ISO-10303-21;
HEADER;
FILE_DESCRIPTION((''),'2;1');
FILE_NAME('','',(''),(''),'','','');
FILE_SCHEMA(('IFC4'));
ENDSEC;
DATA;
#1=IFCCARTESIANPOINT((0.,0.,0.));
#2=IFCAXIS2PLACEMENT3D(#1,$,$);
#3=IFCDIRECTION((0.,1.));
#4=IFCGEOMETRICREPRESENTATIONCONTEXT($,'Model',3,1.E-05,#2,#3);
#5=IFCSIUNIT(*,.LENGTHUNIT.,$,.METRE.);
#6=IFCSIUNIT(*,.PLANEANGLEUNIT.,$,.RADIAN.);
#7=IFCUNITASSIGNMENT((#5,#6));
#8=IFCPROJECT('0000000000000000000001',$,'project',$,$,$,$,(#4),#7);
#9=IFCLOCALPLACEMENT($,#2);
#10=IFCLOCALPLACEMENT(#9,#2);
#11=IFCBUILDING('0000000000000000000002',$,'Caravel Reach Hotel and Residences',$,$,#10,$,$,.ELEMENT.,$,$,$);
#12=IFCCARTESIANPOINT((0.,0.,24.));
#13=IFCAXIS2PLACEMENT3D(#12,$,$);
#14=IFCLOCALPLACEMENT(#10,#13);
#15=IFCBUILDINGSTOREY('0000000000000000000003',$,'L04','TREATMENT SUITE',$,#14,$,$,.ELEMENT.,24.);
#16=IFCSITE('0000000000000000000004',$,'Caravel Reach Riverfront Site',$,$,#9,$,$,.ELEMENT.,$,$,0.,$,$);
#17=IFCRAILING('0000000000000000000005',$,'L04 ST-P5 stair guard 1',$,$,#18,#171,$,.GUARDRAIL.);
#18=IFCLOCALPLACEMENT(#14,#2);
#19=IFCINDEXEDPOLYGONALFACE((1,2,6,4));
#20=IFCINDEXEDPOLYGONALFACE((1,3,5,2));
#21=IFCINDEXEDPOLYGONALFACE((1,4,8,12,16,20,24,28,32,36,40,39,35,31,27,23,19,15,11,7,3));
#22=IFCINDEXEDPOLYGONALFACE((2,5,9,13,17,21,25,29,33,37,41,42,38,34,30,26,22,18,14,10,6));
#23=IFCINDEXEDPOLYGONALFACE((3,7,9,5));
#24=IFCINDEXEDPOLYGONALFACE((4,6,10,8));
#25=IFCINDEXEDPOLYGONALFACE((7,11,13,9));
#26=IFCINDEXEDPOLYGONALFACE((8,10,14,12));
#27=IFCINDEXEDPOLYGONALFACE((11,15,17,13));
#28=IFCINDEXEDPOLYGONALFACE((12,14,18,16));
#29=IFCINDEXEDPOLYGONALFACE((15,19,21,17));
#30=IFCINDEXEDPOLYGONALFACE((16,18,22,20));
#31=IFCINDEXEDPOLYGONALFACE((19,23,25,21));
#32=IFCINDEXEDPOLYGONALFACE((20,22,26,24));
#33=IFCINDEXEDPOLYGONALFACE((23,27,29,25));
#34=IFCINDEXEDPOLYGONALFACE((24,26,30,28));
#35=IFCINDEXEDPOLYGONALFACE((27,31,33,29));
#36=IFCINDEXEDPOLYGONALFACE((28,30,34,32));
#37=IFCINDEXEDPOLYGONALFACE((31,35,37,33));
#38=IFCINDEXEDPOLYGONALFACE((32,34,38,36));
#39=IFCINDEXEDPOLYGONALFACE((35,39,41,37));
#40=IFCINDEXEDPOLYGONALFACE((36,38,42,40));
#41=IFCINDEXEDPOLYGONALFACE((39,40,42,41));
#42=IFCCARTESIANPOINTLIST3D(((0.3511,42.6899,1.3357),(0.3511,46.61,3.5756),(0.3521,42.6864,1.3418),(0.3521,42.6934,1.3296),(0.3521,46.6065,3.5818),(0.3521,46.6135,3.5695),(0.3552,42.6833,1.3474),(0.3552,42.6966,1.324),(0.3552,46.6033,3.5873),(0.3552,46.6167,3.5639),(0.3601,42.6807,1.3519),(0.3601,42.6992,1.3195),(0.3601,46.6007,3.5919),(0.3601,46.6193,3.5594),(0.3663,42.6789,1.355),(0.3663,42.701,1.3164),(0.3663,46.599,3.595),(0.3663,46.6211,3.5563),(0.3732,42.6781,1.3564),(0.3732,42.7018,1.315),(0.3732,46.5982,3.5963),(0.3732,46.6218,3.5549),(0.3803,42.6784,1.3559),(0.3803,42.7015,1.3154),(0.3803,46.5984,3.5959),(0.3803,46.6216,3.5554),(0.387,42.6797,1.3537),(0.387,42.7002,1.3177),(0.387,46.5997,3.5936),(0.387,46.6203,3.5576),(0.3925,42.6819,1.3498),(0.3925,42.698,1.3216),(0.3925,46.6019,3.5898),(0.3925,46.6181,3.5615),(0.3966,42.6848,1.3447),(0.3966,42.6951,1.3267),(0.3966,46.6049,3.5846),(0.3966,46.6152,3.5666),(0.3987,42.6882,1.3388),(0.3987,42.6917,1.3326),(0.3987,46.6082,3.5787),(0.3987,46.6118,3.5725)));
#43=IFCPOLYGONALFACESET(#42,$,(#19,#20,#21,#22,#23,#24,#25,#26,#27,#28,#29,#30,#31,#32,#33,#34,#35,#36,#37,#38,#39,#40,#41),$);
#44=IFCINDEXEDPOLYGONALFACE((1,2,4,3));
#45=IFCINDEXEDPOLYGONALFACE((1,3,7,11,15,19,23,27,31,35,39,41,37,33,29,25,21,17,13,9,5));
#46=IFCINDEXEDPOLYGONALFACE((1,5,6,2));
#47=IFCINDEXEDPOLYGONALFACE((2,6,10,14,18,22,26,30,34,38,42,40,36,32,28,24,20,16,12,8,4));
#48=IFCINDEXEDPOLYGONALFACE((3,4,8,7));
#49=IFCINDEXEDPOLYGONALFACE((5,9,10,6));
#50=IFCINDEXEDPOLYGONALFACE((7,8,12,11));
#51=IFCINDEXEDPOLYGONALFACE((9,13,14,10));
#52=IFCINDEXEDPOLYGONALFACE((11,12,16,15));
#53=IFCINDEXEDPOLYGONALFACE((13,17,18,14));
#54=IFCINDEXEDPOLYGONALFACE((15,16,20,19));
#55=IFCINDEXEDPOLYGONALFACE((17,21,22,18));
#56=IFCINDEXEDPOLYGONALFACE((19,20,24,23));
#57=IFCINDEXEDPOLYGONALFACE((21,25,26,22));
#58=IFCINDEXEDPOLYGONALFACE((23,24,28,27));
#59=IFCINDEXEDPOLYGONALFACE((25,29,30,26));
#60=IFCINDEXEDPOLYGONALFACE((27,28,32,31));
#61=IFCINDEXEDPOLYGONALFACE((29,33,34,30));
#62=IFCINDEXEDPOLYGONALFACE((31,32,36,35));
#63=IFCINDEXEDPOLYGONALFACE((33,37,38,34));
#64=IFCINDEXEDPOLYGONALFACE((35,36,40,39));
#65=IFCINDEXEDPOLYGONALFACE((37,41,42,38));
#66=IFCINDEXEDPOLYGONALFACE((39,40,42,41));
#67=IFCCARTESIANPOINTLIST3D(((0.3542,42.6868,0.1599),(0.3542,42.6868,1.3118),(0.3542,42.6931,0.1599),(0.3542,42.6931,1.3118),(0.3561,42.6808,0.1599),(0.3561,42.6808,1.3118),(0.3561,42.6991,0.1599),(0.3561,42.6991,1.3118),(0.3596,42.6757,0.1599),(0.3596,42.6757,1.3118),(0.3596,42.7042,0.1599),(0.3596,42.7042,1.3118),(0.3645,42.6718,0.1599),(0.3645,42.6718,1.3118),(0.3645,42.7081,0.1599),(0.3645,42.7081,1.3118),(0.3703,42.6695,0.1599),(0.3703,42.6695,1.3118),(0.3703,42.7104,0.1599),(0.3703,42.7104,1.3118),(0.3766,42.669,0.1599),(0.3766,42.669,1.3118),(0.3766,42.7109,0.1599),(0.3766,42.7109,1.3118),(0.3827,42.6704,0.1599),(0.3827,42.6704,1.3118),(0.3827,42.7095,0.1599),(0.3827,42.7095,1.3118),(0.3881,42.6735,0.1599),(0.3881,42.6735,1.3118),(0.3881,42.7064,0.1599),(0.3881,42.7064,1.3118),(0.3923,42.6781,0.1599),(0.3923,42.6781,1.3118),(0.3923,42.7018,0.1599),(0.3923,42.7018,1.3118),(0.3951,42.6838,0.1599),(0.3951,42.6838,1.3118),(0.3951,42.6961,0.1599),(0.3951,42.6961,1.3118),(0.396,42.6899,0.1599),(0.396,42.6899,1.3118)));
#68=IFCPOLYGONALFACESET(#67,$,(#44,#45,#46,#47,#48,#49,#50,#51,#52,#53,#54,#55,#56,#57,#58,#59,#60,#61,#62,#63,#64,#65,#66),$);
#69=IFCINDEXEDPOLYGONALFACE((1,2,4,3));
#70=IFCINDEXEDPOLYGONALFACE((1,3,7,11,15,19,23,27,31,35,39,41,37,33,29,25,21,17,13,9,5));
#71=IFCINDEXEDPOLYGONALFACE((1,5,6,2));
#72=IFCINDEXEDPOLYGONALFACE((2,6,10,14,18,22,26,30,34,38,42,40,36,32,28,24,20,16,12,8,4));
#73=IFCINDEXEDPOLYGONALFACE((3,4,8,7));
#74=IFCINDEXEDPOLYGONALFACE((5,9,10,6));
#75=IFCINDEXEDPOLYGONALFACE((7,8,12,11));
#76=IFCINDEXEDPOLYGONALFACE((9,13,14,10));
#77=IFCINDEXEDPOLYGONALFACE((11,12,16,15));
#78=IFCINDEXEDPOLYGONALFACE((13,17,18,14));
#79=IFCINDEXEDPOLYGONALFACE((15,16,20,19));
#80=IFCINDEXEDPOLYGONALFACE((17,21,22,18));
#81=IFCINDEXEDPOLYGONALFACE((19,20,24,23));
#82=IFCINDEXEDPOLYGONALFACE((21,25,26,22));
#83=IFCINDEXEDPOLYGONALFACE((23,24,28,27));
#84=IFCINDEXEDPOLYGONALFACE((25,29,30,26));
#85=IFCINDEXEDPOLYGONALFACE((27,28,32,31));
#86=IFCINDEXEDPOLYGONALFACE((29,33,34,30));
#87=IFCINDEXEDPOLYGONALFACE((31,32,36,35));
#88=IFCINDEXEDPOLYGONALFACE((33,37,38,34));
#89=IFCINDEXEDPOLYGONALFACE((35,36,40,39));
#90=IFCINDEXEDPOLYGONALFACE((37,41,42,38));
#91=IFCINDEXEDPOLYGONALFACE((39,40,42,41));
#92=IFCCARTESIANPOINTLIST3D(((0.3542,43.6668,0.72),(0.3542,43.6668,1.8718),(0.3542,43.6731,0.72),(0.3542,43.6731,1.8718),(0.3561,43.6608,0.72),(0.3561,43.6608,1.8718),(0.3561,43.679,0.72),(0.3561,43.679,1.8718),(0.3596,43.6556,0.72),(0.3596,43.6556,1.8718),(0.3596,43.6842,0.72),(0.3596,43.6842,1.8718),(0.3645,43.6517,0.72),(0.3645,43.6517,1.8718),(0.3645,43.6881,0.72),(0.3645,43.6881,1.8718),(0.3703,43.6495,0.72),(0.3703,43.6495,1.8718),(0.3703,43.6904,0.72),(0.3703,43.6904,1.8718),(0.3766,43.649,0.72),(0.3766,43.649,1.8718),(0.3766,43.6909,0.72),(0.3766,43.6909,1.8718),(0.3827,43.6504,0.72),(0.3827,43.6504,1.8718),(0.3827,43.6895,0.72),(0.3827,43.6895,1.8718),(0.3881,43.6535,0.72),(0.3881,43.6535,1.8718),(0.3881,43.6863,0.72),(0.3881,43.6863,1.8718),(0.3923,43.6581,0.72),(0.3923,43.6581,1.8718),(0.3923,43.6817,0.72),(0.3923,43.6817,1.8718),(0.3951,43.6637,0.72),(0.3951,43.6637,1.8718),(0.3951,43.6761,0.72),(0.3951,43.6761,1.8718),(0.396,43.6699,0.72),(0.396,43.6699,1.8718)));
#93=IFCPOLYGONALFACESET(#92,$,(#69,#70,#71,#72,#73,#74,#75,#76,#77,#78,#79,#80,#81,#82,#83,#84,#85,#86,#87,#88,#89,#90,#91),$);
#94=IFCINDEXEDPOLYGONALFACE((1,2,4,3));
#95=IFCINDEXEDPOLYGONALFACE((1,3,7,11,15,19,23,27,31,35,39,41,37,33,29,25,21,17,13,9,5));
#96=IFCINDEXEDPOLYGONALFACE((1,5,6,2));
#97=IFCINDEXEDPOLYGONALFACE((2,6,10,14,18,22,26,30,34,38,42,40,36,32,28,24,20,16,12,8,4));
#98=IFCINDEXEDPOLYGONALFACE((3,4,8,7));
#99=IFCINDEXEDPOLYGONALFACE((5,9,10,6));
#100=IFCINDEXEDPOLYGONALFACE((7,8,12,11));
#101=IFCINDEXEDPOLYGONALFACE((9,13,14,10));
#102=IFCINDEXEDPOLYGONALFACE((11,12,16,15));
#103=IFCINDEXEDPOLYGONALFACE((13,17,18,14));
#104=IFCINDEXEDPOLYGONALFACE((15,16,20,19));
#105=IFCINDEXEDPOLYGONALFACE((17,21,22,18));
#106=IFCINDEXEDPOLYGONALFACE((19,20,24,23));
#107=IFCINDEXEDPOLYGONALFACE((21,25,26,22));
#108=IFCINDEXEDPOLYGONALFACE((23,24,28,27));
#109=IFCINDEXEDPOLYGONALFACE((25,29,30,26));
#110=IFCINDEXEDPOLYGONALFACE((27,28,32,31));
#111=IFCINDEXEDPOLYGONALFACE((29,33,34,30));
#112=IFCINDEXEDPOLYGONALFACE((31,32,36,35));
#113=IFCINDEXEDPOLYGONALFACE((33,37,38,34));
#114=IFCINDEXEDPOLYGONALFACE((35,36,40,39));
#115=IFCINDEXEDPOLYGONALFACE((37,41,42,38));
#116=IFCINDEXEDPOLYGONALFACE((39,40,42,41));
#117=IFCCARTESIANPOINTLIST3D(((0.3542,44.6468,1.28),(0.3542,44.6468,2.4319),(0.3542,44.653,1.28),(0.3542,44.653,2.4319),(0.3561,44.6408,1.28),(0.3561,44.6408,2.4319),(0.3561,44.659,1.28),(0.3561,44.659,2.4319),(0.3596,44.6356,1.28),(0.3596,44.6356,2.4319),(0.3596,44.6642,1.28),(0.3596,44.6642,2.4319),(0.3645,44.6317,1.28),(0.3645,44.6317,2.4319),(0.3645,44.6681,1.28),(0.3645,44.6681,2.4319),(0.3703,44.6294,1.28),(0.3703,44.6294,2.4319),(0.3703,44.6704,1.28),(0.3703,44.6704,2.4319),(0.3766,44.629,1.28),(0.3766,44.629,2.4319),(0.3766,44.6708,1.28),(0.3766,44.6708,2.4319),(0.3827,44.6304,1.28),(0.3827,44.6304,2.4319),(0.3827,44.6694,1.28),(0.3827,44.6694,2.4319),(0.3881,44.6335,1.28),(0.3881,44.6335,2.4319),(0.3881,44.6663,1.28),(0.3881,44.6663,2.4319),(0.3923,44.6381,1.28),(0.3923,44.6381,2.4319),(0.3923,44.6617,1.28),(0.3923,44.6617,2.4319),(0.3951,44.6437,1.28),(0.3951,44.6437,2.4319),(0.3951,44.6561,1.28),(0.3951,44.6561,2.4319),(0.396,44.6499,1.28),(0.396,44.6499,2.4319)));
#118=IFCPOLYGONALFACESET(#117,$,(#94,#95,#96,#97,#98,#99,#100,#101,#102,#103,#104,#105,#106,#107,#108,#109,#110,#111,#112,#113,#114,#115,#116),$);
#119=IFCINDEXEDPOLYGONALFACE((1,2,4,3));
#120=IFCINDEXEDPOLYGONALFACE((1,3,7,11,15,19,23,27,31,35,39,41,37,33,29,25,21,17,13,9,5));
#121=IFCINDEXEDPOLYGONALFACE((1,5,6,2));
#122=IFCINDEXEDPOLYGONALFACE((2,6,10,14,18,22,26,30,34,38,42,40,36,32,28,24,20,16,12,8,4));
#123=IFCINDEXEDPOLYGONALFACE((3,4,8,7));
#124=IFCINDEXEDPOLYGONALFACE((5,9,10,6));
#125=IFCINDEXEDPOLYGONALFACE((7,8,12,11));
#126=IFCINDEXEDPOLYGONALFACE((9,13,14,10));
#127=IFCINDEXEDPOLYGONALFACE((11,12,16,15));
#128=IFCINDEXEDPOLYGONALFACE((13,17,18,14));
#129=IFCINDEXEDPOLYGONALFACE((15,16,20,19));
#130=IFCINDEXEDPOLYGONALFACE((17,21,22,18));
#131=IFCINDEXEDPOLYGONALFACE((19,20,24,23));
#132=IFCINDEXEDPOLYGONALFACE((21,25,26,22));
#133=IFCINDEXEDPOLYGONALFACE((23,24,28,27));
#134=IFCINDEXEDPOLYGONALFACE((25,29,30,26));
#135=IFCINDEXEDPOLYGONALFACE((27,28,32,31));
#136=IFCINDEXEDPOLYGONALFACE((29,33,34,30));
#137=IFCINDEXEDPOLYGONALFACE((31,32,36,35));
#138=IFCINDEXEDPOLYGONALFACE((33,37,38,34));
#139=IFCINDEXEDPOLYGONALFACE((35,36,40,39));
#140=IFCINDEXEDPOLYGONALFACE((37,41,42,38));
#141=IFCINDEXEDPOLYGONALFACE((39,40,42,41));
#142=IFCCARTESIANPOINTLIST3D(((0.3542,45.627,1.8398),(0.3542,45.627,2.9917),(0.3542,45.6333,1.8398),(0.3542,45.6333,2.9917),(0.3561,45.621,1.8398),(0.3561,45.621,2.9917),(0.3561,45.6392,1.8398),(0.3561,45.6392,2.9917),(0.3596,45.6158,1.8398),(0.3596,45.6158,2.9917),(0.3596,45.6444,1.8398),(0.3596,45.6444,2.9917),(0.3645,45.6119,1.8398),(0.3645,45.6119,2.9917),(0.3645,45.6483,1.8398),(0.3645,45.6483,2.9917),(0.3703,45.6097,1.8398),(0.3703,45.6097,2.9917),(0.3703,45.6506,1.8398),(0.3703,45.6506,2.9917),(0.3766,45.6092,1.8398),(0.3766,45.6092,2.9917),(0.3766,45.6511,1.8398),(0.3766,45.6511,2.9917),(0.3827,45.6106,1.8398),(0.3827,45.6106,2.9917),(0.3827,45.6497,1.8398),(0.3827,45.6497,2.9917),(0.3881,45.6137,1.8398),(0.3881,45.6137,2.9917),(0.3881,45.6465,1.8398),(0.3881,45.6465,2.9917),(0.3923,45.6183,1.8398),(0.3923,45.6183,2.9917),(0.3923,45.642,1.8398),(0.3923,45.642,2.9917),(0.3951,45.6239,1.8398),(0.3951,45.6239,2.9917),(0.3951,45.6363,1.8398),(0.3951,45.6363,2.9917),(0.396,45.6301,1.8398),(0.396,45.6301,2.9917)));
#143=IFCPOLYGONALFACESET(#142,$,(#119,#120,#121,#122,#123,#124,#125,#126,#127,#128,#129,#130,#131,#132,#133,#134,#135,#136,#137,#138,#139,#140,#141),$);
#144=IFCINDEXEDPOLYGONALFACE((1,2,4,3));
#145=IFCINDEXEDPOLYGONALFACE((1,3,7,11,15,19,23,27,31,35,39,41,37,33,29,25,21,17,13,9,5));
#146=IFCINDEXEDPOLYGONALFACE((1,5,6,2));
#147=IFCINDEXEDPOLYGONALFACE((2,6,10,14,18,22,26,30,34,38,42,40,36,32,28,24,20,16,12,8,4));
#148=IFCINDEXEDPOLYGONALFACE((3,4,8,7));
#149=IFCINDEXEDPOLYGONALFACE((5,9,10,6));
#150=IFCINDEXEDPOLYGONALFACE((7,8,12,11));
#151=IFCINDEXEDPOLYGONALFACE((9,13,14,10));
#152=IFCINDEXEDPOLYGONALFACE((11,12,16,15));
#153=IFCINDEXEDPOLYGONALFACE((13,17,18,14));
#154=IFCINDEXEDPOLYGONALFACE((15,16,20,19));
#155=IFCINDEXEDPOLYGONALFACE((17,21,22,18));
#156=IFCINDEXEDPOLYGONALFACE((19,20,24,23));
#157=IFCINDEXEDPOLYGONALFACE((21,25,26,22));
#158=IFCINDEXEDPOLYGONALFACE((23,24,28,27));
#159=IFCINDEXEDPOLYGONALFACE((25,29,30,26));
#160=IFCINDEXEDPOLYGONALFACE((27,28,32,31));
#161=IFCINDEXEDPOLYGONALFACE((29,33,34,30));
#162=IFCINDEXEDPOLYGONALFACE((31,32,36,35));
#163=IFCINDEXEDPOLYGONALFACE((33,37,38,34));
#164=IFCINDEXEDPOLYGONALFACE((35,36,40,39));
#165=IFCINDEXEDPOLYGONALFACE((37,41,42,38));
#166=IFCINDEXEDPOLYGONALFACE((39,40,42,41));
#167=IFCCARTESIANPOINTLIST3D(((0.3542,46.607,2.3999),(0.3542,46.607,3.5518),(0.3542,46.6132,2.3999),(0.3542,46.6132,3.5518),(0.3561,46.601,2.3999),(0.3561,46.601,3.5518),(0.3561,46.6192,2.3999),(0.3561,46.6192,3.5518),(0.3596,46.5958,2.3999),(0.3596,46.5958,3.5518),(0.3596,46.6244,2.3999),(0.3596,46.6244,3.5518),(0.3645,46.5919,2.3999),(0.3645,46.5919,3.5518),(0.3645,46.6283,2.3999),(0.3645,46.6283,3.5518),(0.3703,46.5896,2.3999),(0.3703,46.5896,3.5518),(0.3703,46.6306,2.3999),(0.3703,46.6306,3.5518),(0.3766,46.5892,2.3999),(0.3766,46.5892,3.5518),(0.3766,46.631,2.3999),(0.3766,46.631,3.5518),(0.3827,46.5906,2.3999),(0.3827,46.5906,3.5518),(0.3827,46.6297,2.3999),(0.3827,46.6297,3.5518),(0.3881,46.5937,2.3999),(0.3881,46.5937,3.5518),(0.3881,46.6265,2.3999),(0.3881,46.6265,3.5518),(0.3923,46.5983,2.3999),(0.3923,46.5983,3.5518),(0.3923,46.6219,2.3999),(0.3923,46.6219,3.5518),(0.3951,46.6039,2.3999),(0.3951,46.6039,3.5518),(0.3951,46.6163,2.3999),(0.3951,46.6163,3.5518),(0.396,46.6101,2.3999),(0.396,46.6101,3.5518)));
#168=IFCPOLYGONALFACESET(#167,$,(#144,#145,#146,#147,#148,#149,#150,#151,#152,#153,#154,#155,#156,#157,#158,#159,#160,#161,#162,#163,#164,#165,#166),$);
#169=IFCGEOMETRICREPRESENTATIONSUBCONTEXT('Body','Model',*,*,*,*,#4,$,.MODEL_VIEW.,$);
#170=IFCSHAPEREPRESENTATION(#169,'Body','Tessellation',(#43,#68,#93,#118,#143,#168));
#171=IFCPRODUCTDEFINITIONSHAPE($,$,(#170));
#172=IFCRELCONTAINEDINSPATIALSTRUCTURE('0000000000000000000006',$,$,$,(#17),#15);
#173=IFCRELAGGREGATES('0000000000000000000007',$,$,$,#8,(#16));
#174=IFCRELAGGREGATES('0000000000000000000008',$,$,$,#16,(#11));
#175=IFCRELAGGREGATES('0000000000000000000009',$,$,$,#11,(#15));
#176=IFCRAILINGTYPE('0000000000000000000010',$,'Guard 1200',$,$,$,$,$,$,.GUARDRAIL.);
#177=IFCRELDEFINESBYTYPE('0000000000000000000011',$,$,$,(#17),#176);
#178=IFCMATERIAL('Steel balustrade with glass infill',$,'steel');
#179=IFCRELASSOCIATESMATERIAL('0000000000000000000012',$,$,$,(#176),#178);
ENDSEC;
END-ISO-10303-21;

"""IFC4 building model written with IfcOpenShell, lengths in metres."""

from ifc_helpers import new_model, si_unit, direction, frame, origin, origin_2d, place, context, subcontext, project, spatial, circle, extrude, material, type_object, element, save


model = new_model("IFC4")

# Units and contexts
model_context = context("Model", 3, precision=1e-05, world=origin(), true_north=direction((0.0, 1.0)))
body_context = subcontext(model_context, "Body", "Model", "MODEL_VIEW")
ifc_project = project(units=[si_unit("LENGTHUNIT", "METRE"), si_unit("PLANEANGLEUNIT", "RADIAN")], contexts=[model_context])

# Site, building, storey
site_placement = place(None, origin())
site = spatial("IfcSite", under=ifc_project, at=site_placement, Name="Caravel Reach Riverfront Site", CompositionType="ELEMENT", RefElevation=0.0)
building_placement = place(site_placement, origin())
building = spatial("IfcBuilding", under=site, at=building_placement, Name="Caravel Reach Hotel and Residences", CompositionType="ELEMENT")
storey_placement = place(building_placement, frame((0.0, 0.0, 24.0)))
storey = spatial("IfcBuildingStorey", under=building, at=storey_placement, Name="L04", Description="TREATMENT SUITE", CompositionType="ELEMENT", Elevation=24.0)

# Railing
ifc_material_1 = material(Name="Steel balustrade with glass infill", Category="steel")
railing_type_1 = type_object("IfcRailingType", Name="Guard 1200", PredefinedType="GUARDRAIL", material=ifc_material_1)
railing_1_placement = place(storey_placement, frame((0.375, 42.6899, 0.1599)))
element("IfcRailing", 1, at=railing_1_placement, inside=storey, type_object=railing_type_1, Name="L04 ST-P5 stair guard 1", PredefinedType="GUARDRAIL", context=body_context, shape_type="SweptSolid", body=[
    extrude(circle(Radius=0.0239, at=origin_2d()), frame((0.0, 0.0, 1.1758), z_axis=(0.0, 0.868253, 0.496121), x_axis=(-1.0, 0.0, 0.0)), (0.0, 0.0, 1.0), 4.5149),
    extrude(circle(Radius=0.021, at=origin_2d()), origin(), (0.0, 0.0, 1.0), 1.1519),
    extrude(circle(Radius=0.021, at=origin_2d()), frame((0.0, 0.98, 0.5601)), (0.0, 0.0, 1.0), 1.1519),
    extrude(circle(Radius=0.021, at=origin_2d()), frame((0.0, 1.96, 1.1201)), (0.0, 0.0, 1.0), 1.1519),
    extrude(circle(Radius=0.021, at=origin_2d()), frame((0.0, 2.9402, 1.6799)), (0.0, 0.0, 1.0), 1.1519),
    extrude(circle(Radius=0.021, at=origin_2d()), frame((0.0, 3.9202, 2.24)), (0.0, 0.0, 1.0), 1.1519),
])

save(model, "model.ifc")
